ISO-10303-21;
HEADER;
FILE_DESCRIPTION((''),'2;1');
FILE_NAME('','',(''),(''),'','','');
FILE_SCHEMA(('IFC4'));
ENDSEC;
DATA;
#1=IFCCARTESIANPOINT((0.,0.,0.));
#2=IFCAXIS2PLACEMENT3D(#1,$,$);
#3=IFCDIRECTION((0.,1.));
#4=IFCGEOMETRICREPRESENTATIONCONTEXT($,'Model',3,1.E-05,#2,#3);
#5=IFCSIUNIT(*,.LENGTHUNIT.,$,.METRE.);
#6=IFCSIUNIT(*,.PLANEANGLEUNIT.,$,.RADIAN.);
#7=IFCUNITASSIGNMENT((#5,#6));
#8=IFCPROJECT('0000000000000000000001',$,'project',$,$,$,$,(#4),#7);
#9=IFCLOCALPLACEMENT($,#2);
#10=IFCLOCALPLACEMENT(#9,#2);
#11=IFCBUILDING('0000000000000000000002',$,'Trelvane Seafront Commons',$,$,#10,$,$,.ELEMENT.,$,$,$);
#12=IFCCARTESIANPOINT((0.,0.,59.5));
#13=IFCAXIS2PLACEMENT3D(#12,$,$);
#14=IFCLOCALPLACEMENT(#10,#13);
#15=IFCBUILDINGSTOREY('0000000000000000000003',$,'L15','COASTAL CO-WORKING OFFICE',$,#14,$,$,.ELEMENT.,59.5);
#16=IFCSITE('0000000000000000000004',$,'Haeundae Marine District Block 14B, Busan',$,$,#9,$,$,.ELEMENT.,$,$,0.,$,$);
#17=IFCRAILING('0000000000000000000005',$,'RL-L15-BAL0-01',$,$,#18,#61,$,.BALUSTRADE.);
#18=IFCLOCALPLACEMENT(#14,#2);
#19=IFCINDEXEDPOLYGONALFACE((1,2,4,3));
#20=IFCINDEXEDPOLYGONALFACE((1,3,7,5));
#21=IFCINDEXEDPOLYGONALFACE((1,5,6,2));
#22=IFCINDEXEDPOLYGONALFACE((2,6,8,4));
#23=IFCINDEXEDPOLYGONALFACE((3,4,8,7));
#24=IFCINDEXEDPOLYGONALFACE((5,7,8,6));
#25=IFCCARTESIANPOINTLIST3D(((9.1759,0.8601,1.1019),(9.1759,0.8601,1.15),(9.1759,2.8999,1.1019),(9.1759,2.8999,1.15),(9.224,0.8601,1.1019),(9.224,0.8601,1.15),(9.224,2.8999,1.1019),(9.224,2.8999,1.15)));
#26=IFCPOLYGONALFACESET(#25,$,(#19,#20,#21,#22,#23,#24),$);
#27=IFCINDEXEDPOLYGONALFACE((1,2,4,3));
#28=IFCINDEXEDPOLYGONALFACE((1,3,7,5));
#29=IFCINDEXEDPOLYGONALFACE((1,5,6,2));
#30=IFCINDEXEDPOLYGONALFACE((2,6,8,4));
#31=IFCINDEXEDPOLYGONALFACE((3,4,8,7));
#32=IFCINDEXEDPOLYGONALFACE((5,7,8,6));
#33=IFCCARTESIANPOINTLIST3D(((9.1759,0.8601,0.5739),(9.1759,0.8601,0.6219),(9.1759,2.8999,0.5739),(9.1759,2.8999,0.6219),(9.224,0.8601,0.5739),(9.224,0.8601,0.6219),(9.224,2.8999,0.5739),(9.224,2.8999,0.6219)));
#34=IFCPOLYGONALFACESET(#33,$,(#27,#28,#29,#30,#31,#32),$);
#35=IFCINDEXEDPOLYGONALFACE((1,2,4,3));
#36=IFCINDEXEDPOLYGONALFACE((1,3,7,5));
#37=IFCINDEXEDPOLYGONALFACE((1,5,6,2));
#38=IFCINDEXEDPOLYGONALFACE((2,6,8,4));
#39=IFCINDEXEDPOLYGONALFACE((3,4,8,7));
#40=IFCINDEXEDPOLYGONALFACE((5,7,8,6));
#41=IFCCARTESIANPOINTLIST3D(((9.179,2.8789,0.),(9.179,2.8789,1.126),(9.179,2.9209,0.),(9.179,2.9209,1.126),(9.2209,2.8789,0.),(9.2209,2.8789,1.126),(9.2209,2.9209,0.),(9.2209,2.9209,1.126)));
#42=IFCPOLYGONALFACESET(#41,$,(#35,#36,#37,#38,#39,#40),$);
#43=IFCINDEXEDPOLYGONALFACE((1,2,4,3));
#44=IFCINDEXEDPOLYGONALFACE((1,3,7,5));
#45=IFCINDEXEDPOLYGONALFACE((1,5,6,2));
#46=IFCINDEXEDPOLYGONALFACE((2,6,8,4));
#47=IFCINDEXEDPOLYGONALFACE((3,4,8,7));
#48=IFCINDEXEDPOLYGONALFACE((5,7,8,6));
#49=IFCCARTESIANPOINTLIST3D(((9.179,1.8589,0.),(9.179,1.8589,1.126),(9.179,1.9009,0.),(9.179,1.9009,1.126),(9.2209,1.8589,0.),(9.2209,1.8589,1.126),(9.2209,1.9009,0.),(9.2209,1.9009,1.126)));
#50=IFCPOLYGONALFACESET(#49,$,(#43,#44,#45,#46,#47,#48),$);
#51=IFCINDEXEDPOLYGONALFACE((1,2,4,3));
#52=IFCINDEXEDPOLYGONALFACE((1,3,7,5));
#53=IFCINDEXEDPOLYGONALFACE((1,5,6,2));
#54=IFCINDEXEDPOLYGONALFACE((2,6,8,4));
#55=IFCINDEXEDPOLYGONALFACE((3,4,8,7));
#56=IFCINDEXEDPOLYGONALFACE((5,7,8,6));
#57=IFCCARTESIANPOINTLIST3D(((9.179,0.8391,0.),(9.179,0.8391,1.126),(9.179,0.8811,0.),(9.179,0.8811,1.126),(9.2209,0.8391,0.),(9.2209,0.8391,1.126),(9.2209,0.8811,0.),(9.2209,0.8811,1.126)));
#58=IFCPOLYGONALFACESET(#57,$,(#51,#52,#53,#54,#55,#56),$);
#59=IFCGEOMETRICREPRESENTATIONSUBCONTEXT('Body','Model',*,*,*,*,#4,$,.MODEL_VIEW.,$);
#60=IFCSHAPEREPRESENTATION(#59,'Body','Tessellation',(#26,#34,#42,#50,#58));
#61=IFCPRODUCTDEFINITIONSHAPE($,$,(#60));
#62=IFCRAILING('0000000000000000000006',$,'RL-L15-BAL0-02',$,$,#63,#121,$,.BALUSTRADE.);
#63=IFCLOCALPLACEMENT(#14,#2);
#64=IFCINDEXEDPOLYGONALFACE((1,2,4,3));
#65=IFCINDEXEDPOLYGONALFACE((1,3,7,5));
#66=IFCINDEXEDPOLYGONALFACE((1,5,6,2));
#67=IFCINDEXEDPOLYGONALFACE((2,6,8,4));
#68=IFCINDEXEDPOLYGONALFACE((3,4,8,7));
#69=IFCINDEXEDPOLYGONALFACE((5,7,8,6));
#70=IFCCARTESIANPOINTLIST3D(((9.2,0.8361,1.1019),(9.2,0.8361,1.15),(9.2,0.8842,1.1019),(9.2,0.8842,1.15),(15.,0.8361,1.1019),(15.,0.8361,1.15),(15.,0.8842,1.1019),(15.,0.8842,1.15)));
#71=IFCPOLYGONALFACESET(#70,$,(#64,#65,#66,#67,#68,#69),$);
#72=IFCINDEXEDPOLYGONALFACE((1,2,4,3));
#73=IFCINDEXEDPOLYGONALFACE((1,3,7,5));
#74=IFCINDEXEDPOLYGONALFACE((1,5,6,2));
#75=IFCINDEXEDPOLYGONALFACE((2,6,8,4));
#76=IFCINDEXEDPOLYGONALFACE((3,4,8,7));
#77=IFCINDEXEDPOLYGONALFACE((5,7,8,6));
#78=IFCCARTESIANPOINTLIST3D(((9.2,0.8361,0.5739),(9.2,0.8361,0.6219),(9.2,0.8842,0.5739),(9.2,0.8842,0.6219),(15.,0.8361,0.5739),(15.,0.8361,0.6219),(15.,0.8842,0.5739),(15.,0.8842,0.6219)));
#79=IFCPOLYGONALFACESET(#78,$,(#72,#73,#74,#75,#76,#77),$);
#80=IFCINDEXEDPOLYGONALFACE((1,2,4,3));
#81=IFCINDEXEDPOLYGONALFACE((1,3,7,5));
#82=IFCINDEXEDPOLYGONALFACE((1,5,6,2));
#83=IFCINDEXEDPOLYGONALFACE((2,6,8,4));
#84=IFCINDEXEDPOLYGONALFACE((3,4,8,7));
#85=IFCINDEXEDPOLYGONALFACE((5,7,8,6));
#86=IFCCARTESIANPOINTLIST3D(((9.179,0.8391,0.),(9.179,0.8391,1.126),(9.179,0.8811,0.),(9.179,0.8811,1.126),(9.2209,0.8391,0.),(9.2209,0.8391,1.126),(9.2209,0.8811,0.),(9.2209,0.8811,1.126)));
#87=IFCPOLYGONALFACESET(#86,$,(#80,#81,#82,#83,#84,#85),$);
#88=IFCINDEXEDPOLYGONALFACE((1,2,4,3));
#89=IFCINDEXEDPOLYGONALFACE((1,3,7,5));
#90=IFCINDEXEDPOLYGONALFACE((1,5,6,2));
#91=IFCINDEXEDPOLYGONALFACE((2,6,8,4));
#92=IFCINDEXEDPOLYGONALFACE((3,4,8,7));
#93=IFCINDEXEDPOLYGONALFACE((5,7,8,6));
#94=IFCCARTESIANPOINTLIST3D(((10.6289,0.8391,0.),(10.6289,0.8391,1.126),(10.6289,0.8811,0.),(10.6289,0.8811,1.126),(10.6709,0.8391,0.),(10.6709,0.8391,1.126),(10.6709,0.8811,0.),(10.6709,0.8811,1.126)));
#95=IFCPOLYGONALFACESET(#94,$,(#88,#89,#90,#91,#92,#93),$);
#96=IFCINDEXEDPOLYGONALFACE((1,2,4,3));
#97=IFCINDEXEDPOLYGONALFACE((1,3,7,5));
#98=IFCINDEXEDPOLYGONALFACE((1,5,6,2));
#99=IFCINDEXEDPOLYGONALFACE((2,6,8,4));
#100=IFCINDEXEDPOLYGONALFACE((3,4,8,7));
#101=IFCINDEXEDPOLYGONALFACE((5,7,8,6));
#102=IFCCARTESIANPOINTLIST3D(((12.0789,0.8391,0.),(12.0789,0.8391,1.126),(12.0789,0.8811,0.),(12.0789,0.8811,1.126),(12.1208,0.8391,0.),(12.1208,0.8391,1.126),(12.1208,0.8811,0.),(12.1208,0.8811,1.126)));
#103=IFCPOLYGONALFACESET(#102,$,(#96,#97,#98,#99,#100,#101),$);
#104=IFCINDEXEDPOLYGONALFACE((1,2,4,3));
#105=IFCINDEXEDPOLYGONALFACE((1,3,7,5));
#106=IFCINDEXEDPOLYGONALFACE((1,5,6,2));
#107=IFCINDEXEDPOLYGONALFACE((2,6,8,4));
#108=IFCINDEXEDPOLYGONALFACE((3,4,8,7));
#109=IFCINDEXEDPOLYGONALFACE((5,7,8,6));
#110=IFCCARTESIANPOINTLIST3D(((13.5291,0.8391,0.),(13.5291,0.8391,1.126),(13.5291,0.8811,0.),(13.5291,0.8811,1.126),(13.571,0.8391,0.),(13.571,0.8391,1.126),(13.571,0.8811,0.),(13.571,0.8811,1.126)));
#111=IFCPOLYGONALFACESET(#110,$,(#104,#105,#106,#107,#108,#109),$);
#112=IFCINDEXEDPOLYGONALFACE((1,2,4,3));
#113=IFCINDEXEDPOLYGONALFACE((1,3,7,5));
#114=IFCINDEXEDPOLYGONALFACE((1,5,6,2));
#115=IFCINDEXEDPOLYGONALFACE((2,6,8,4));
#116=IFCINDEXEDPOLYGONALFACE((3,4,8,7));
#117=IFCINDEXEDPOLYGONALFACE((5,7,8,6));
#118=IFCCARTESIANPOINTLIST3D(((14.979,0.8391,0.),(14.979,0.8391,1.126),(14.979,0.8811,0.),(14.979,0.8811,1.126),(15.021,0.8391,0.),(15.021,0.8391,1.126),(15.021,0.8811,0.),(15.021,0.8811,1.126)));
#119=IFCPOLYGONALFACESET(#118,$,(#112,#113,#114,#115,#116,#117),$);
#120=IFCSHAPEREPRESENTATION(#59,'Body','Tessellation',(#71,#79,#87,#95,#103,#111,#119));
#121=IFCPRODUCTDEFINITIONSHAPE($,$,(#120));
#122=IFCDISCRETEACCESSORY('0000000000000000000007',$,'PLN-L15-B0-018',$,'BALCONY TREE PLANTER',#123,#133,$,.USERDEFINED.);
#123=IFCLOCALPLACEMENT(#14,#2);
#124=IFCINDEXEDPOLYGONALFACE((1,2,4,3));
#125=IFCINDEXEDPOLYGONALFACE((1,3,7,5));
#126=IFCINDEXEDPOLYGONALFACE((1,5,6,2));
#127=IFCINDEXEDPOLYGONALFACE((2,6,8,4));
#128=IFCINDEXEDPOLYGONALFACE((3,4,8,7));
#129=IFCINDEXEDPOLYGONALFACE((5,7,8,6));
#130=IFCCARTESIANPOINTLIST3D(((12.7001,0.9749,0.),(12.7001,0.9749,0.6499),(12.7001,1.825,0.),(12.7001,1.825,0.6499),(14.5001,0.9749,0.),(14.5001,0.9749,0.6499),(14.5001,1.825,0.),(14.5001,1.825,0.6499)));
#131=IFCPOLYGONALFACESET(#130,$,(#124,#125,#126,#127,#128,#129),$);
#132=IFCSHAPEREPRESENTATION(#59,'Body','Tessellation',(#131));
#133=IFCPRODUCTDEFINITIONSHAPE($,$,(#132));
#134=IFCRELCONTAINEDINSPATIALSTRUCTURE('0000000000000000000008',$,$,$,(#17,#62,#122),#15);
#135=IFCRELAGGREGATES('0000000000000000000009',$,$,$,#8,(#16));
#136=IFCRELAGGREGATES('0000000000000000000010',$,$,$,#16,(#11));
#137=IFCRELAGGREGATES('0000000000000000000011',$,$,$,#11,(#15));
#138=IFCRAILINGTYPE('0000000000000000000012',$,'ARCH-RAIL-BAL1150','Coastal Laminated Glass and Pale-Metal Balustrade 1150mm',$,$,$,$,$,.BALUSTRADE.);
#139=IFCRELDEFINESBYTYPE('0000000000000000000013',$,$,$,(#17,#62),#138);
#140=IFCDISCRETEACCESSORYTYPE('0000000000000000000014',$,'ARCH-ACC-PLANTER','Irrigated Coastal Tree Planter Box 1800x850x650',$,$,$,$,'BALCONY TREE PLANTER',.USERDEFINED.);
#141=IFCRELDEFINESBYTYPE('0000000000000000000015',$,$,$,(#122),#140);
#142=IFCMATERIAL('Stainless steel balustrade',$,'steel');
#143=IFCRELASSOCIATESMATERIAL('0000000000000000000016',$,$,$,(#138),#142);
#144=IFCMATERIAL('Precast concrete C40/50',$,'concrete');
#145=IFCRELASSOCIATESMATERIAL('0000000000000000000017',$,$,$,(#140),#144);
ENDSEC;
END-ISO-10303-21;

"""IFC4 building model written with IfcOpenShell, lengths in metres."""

from ifc_helpers import new_model, si_unit, direction, frame, origin, origin_2d, place, context, subcontext, project, spatial, rectangle, extrude, source, transform, mapped, material, type_object, element, save


model = new_model("IFC4")

# Units and contexts
model_context = context("Model", 3, precision=1e-05, world=origin(), true_north=direction((0.0, 1.0)))
body_context = subcontext(model_context, "Body", "Model", "MODEL_VIEW")
ifc_project = project(units=[si_unit("LENGTHUNIT", "METRE"), si_unit("PLANEANGLEUNIT", "RADIAN")], contexts=[model_context])

# Site, building, storey
site_placement = place(None, origin())
site = spatial("IfcSite", under=ifc_project, at=site_placement, Name="Haeundae Marine District Block 14B, Busan", CompositionType="ELEMENT", RefElevation=0.0)
building_placement = place(site_placement, origin())
building = spatial("IfcBuilding", under=site, at=building_placement, Name="Trelvane Seafront Commons", CompositionType="ELEMENT")
storey_placement = place(building_placement, frame((0.0, 0.0, 59.5)))
storey = spatial("IfcBuildingStorey", under=building, at=storey_placement, Name="L15", Description="COASTAL CO-WORKING OFFICE", CompositionType="ELEMENT", Elevation=59.5)

# Shared definitions
ifc_material_1 = material(Name="Precast concrete C40/50", Category="concrete")

# Railings
ifc_material_2 = material(Name="Stainless steel balustrade", Category="steel")
railing_type = type_object("IfcRailingType", Name="ARCH-RAIL-BAL1150", Description="Coastal Laminated Glass and Pale-Metal Balustrade 1150mm", PredefinedType="BALUSTRADE", material=ifc_material_2)
railing_1_placement = place(storey_placement, frame((9.2, 2.8999, 0.0)))
element("IfcRailing", 1, at=railing_1_placement, inside=storey, type_object=railing_type, Name="RL-L15-BAL0-01", PredefinedType="BALUSTRADE", context=body_context, shape_type="SweptSolid", body=[
    extrude(rectangle(XDim=0.0481, YDim=0.0481, at=origin_2d()), frame((0.0, 0.0, 1.126), z_axis=(0.0, -1.0, 0.0), x_axis=(1.0, 0.0, 0.0)), (0.0, 0.0, 1.0), 2.0398),
    extrude(rectangle(XDim=0.0481, YDim=0.0481, at=origin_2d()), frame((0.0, 0.0, 0.5979), z_axis=(0.0, -1.0, 0.0), x_axis=(1.0, 0.0, 0.0)), (0.0, 0.0, 1.0), 2.0398),
    extrude(rectangle(XDim=0.042, YDim=0.042, at=origin_2d()), origin(), (0.0, 0.0, 1.0), 1.126),
    extrude(rectangle(XDim=0.042, YDim=0.042, at=origin_2d()), frame((0.0, -1.02, 0.0)), (0.0, 0.0, 1.0), 1.126),
    extrude(rectangle(XDim=0.042, YDim=0.042, at=origin_2d()), frame((0.0, -2.0398, 0.0)), (0.0, 0.0, 1.0), 1.126),
])
railing_2_placement = place(storey_placement, frame((9.2, 0.8601, 0.0)))
element("IfcRailing", 2, at=railing_2_placement, inside=storey, type_object=railing_type, Name="RL-L15-BAL0-02", PredefinedType="BALUSTRADE", context=body_context, shape_type="SweptSolid", body=[
    extrude(rectangle(XDim=0.0481, YDim=0.0481, at=origin_2d()), frame((0.0, 0.0, 1.126), z_axis=(1.0, 0.0, 0.0), x_axis=(0.0, 1.0, 0.0)), (0.0, 0.0, 1.0), 5.8),
    extrude(rectangle(XDim=0.0481, YDim=0.0481, at=origin_2d()), frame((0.0, 0.0, 0.5979), z_axis=(1.0, 0.0, 0.0), x_axis=(0.0, 1.0, 0.0)), (0.0, 0.0, 1.0), 5.8),
    extrude(rectangle(XDim=0.042, YDim=0.042, at=origin_2d()), origin(), (0.0, 0.0, 1.0), 1.126),
    extrude(rectangle(XDim=0.042, YDim=0.042, at=origin_2d()), frame((1.45, 0.0, 0.0)), (0.0, 0.0, 1.0), 1.126),
    extrude(rectangle(XDim=0.042, YDim=0.042, at=origin_2d()), frame((2.8999, 0.0, 0.0)), (0.0, 0.0, 1.0), 1.126),
    extrude(rectangle(XDim=0.042, YDim=0.042, at=origin_2d()), frame((4.3501, 0.0, 0.0)), (0.0, 0.0, 1.0), 1.126),
    extrude(rectangle(XDim=0.042, YDim=0.042, at=origin_2d()), frame((5.8, 0.0, 0.0)), (0.0, 0.0, 1.0), 1.126),
])

# Discrete accessory
discrete_accessory_type = type_object("IfcDiscreteAccessoryType", Name="ARCH-ACC-PLANTER", Description="Irrigated Coastal Tree Planter Box 1800x850x650", ElementType="BALCONY TREE PLANTER", PredefinedType="USERDEFINED", material=ifc_material_1)
shared_shape_1 = source(origin(), body_context, "Body", "SweptSolid", [
    extrude(rectangle(XDim=1.8, YDim=0.8501, at=origin_2d()), origin(), (0.0, 0.0, 1.0), 0.6499),
])
discrete_accessory_placement = place(storey_placement, frame((13.6001, 1.3999, 0.0), z_axis=(0.0, 0.0, 1.0), x_axis=(1.0, 0.0, 0.0)))
element("IfcDiscreteAccessory", 3, at=discrete_accessory_placement, inside=storey, type_object=discrete_accessory_type, Name="PLN-L15-B0-018", ObjectType="BALCONY TREE PLANTER", PredefinedType="USERDEFINED", context=body_context, shape_type="MappedRepresentation", body=[
    mapped(shared_shape_1, transform((0.0, 0.0, 0.0), x_axis=(1.0, 0.0, 0.0), y_axis=(0.0, 1.0, 0.0), z_axis=(0.0, 0.0, 1.0), scale=1.0)),
])

save(model, "model.ifc")
